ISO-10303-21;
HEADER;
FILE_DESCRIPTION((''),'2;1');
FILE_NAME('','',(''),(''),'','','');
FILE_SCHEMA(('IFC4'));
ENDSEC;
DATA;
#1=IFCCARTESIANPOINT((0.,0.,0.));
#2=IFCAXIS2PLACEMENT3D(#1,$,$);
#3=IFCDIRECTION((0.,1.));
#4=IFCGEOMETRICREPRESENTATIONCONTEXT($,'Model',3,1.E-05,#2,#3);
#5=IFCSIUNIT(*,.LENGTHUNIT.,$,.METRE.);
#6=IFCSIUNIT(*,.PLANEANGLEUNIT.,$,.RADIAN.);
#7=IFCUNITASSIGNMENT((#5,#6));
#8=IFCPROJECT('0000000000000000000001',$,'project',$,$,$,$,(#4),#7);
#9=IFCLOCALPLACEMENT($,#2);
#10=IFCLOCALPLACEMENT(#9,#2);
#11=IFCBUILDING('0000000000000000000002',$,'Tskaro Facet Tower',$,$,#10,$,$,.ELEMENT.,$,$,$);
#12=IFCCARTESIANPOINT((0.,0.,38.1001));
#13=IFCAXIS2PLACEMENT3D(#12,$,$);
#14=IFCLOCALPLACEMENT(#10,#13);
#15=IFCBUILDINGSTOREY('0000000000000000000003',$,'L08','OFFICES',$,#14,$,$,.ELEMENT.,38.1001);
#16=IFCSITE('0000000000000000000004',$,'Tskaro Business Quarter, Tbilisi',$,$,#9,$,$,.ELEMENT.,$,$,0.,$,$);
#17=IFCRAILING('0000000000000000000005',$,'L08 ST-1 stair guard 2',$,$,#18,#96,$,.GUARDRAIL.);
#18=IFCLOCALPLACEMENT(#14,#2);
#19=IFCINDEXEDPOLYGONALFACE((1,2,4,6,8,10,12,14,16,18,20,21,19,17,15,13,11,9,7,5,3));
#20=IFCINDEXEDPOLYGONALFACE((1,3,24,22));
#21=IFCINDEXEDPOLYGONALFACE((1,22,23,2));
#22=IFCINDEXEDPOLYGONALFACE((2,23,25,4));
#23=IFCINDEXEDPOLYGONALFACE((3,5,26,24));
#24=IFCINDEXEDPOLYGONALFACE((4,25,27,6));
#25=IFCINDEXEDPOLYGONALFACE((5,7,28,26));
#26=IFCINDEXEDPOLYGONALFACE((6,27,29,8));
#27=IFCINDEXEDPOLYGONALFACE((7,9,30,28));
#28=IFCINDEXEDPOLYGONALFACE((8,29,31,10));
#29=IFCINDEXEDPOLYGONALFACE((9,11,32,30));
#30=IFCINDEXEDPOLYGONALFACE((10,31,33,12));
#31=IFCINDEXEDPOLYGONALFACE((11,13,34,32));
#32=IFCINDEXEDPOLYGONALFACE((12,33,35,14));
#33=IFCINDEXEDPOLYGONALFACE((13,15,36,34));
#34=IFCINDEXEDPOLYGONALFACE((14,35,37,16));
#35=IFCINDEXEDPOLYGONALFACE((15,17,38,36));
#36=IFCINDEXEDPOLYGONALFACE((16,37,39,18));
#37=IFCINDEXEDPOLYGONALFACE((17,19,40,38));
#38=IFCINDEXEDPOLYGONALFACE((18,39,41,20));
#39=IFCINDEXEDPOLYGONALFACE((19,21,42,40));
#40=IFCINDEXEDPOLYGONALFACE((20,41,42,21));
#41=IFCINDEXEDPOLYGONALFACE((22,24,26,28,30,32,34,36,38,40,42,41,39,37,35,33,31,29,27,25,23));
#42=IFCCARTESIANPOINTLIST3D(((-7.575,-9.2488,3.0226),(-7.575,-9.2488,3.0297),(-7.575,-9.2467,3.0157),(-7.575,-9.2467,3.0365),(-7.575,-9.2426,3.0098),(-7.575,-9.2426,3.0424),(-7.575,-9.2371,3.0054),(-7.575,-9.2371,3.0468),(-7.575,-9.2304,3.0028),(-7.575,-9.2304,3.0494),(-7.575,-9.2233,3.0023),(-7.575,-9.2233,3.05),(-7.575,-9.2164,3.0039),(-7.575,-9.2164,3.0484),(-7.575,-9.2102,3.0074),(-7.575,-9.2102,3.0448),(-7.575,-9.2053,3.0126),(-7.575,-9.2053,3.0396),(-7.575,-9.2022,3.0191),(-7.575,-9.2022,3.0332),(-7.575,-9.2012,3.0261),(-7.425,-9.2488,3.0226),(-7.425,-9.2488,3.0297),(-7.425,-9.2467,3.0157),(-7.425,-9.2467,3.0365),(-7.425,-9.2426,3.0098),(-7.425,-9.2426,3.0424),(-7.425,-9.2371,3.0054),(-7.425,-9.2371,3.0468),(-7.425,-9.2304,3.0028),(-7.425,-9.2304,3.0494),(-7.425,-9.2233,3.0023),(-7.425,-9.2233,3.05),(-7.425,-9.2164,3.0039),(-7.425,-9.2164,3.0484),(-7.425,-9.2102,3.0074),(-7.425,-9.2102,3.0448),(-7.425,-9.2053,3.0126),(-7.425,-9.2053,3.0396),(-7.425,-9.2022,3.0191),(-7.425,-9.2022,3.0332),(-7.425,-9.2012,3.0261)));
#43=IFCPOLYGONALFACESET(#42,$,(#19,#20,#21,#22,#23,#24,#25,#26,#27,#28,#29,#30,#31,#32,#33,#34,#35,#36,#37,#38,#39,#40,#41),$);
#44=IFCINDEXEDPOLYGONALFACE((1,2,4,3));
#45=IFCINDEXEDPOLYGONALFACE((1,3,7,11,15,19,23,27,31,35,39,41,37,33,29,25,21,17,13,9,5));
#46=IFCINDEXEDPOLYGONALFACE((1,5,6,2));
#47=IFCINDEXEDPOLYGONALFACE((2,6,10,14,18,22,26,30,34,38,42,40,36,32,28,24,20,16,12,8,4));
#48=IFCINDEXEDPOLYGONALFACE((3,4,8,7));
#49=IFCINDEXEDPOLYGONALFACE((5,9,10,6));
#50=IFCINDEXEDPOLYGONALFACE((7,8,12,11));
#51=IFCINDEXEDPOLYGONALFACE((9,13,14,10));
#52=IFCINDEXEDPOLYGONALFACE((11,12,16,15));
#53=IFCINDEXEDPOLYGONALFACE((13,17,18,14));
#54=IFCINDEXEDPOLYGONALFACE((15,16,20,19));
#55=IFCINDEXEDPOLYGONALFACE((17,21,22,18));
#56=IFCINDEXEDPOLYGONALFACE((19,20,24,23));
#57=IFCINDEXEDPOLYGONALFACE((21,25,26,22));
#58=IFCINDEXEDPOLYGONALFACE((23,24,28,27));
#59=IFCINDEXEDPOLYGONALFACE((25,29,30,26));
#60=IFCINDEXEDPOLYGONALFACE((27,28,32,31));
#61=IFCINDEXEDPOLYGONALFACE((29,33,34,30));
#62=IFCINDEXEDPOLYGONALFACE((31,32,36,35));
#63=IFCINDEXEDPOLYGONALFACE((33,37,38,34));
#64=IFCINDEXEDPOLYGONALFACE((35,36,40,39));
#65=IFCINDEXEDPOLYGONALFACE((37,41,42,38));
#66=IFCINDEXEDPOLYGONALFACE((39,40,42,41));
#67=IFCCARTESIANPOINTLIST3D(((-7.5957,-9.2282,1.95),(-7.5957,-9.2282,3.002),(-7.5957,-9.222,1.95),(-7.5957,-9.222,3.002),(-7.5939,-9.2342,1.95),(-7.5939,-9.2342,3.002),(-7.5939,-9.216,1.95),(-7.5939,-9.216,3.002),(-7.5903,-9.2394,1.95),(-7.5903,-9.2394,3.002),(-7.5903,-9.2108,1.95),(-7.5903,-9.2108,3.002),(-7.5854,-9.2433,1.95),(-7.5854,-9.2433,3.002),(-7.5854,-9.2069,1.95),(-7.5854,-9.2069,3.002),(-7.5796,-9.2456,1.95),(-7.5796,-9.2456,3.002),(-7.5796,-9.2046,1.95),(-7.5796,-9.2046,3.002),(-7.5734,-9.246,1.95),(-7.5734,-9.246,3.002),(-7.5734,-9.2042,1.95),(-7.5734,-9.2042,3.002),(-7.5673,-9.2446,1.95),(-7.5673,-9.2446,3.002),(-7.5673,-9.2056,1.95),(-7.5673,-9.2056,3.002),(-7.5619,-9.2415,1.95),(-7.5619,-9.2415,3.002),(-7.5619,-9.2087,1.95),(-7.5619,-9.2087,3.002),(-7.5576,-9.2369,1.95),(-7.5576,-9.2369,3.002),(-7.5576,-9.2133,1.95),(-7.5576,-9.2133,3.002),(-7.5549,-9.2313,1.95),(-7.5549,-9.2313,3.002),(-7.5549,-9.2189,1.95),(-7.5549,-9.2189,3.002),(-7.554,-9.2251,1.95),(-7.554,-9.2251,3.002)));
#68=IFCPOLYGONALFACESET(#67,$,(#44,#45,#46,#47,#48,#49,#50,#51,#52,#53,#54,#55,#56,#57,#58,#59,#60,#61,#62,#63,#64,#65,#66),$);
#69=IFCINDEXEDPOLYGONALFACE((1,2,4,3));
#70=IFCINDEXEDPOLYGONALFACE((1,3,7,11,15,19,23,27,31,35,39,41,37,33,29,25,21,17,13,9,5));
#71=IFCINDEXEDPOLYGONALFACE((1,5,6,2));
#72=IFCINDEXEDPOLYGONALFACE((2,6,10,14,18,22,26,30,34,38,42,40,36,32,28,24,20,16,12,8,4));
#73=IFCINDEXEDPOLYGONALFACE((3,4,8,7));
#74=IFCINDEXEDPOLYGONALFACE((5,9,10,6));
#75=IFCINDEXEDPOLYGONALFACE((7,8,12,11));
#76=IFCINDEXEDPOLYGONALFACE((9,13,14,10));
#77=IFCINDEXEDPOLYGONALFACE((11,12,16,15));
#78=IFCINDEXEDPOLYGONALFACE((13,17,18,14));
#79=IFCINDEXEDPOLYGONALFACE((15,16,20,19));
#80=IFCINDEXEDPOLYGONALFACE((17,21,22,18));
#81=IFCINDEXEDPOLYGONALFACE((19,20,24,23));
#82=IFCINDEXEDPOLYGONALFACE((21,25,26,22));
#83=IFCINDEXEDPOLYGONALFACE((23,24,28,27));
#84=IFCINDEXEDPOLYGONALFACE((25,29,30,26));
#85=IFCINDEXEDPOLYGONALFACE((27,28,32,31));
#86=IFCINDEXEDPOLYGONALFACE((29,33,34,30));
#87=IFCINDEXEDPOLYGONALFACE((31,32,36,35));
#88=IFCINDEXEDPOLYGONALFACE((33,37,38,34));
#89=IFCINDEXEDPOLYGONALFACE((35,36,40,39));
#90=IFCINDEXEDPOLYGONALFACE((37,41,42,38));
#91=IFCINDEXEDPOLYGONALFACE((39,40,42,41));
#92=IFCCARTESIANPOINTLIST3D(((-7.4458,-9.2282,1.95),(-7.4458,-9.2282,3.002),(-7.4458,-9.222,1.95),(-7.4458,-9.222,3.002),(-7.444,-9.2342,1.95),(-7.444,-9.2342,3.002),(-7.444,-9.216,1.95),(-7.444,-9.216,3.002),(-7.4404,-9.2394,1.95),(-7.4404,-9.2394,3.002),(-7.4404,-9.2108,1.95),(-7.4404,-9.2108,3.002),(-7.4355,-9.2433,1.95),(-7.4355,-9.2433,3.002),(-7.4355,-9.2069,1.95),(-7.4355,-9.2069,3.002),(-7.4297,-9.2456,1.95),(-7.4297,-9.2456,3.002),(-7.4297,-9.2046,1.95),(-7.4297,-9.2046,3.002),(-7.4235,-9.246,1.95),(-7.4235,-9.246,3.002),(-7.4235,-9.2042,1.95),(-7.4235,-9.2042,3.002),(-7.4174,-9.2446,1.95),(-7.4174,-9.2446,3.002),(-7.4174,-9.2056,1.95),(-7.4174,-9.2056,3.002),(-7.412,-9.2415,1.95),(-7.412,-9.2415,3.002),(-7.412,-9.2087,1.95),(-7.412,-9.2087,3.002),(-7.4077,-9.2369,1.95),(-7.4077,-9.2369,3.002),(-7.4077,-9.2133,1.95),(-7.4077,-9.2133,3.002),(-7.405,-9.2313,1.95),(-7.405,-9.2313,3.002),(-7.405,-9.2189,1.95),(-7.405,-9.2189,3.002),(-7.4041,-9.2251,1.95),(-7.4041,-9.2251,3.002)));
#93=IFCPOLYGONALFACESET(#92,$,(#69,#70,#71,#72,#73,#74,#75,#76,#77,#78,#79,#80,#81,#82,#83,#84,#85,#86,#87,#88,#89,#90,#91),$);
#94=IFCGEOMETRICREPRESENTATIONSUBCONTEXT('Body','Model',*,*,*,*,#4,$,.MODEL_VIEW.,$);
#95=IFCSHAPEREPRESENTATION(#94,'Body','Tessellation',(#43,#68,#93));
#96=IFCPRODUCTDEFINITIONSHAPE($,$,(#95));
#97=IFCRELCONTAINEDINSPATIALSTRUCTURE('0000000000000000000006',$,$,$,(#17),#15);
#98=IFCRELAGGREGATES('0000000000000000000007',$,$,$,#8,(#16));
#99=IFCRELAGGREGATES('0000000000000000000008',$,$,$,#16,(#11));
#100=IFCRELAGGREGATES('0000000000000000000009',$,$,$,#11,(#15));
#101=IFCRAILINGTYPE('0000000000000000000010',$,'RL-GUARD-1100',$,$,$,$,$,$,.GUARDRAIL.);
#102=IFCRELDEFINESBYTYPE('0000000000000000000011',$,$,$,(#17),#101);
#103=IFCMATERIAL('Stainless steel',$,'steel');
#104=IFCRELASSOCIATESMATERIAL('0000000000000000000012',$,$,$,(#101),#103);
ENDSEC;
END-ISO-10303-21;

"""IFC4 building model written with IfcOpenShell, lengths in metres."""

from ifc_helpers import new_model, si_unit, direction, frame, origin, origin_2d, place, context, subcontext, project, spatial, circle, extrude, material, type_object, element, save


model = new_model("IFC4")

# Units and contexts
model_context = context("Model", 3, precision=1e-05, world=origin(), true_north=direction((0.0, 1.0)))
body_context = subcontext(model_context, "Body", "Model", "MODEL_VIEW")
ifc_project = project(units=[si_unit("LENGTHUNIT", "METRE"), si_unit("PLANEANGLEUNIT", "RADIAN")], contexts=[model_context])

# Site, building, storey
site_placement = place(None, origin())
site = spatial("IfcSite", under=ifc_project, at=site_placement, Name="Tskaro Business Quarter, Tbilisi", CompositionType="ELEMENT", RefElevation=0.0)
building_placement = place(site_placement, origin())
building = spatial("IfcBuilding", under=site, at=building_placement, Name="Tskaro Facet Tower", CompositionType="ELEMENT")
storey_placement = place(building_placement, frame((0.0, 0.0, 38.1001)))
storey = spatial("IfcBuildingStorey", under=building, at=storey_placement, Name="L08", Description="OFFICES", CompositionType="ELEMENT", Elevation=38.1001)

# Railing
ifc_material_1 = material(Name="Stainless steel", Category="steel")
railing_type = type_object("IfcRailingType", Name="RL-GUARD-1100", PredefinedType="GUARDRAIL", material=ifc_material_1)
railing_1_placement = place(storey_placement, frame((-7.575, -9.2251, 1.95)))
element("IfcRailing", 1, at=railing_1_placement, inside=storey, type_object=railing_type, Name="L08 ST-1 stair guard 2", PredefinedType="GUARDRAIL", context=body_context, shape_type="SweptSolid", body=[
    extrude(circle(Radius=0.0239, at=origin_2d()), frame((0.0, 0.0, 1.0762), z_axis=(1.0, 0.0, 0.0), x_axis=(0.0, 1.0, 0.0)), (0.0, 0.0, 1.0), 0.1499),
    extrude(circle(Radius=0.021, at=origin_2d()), origin(), (0.0, 0.0, 1.0), 1.052),
    extrude(circle(Radius=0.021, at=origin_2d()), frame((0.1499, 0.0, 0.0)), (0.0, 0.0, 1.0), 1.052),
])

save(model, "model.ifc")
